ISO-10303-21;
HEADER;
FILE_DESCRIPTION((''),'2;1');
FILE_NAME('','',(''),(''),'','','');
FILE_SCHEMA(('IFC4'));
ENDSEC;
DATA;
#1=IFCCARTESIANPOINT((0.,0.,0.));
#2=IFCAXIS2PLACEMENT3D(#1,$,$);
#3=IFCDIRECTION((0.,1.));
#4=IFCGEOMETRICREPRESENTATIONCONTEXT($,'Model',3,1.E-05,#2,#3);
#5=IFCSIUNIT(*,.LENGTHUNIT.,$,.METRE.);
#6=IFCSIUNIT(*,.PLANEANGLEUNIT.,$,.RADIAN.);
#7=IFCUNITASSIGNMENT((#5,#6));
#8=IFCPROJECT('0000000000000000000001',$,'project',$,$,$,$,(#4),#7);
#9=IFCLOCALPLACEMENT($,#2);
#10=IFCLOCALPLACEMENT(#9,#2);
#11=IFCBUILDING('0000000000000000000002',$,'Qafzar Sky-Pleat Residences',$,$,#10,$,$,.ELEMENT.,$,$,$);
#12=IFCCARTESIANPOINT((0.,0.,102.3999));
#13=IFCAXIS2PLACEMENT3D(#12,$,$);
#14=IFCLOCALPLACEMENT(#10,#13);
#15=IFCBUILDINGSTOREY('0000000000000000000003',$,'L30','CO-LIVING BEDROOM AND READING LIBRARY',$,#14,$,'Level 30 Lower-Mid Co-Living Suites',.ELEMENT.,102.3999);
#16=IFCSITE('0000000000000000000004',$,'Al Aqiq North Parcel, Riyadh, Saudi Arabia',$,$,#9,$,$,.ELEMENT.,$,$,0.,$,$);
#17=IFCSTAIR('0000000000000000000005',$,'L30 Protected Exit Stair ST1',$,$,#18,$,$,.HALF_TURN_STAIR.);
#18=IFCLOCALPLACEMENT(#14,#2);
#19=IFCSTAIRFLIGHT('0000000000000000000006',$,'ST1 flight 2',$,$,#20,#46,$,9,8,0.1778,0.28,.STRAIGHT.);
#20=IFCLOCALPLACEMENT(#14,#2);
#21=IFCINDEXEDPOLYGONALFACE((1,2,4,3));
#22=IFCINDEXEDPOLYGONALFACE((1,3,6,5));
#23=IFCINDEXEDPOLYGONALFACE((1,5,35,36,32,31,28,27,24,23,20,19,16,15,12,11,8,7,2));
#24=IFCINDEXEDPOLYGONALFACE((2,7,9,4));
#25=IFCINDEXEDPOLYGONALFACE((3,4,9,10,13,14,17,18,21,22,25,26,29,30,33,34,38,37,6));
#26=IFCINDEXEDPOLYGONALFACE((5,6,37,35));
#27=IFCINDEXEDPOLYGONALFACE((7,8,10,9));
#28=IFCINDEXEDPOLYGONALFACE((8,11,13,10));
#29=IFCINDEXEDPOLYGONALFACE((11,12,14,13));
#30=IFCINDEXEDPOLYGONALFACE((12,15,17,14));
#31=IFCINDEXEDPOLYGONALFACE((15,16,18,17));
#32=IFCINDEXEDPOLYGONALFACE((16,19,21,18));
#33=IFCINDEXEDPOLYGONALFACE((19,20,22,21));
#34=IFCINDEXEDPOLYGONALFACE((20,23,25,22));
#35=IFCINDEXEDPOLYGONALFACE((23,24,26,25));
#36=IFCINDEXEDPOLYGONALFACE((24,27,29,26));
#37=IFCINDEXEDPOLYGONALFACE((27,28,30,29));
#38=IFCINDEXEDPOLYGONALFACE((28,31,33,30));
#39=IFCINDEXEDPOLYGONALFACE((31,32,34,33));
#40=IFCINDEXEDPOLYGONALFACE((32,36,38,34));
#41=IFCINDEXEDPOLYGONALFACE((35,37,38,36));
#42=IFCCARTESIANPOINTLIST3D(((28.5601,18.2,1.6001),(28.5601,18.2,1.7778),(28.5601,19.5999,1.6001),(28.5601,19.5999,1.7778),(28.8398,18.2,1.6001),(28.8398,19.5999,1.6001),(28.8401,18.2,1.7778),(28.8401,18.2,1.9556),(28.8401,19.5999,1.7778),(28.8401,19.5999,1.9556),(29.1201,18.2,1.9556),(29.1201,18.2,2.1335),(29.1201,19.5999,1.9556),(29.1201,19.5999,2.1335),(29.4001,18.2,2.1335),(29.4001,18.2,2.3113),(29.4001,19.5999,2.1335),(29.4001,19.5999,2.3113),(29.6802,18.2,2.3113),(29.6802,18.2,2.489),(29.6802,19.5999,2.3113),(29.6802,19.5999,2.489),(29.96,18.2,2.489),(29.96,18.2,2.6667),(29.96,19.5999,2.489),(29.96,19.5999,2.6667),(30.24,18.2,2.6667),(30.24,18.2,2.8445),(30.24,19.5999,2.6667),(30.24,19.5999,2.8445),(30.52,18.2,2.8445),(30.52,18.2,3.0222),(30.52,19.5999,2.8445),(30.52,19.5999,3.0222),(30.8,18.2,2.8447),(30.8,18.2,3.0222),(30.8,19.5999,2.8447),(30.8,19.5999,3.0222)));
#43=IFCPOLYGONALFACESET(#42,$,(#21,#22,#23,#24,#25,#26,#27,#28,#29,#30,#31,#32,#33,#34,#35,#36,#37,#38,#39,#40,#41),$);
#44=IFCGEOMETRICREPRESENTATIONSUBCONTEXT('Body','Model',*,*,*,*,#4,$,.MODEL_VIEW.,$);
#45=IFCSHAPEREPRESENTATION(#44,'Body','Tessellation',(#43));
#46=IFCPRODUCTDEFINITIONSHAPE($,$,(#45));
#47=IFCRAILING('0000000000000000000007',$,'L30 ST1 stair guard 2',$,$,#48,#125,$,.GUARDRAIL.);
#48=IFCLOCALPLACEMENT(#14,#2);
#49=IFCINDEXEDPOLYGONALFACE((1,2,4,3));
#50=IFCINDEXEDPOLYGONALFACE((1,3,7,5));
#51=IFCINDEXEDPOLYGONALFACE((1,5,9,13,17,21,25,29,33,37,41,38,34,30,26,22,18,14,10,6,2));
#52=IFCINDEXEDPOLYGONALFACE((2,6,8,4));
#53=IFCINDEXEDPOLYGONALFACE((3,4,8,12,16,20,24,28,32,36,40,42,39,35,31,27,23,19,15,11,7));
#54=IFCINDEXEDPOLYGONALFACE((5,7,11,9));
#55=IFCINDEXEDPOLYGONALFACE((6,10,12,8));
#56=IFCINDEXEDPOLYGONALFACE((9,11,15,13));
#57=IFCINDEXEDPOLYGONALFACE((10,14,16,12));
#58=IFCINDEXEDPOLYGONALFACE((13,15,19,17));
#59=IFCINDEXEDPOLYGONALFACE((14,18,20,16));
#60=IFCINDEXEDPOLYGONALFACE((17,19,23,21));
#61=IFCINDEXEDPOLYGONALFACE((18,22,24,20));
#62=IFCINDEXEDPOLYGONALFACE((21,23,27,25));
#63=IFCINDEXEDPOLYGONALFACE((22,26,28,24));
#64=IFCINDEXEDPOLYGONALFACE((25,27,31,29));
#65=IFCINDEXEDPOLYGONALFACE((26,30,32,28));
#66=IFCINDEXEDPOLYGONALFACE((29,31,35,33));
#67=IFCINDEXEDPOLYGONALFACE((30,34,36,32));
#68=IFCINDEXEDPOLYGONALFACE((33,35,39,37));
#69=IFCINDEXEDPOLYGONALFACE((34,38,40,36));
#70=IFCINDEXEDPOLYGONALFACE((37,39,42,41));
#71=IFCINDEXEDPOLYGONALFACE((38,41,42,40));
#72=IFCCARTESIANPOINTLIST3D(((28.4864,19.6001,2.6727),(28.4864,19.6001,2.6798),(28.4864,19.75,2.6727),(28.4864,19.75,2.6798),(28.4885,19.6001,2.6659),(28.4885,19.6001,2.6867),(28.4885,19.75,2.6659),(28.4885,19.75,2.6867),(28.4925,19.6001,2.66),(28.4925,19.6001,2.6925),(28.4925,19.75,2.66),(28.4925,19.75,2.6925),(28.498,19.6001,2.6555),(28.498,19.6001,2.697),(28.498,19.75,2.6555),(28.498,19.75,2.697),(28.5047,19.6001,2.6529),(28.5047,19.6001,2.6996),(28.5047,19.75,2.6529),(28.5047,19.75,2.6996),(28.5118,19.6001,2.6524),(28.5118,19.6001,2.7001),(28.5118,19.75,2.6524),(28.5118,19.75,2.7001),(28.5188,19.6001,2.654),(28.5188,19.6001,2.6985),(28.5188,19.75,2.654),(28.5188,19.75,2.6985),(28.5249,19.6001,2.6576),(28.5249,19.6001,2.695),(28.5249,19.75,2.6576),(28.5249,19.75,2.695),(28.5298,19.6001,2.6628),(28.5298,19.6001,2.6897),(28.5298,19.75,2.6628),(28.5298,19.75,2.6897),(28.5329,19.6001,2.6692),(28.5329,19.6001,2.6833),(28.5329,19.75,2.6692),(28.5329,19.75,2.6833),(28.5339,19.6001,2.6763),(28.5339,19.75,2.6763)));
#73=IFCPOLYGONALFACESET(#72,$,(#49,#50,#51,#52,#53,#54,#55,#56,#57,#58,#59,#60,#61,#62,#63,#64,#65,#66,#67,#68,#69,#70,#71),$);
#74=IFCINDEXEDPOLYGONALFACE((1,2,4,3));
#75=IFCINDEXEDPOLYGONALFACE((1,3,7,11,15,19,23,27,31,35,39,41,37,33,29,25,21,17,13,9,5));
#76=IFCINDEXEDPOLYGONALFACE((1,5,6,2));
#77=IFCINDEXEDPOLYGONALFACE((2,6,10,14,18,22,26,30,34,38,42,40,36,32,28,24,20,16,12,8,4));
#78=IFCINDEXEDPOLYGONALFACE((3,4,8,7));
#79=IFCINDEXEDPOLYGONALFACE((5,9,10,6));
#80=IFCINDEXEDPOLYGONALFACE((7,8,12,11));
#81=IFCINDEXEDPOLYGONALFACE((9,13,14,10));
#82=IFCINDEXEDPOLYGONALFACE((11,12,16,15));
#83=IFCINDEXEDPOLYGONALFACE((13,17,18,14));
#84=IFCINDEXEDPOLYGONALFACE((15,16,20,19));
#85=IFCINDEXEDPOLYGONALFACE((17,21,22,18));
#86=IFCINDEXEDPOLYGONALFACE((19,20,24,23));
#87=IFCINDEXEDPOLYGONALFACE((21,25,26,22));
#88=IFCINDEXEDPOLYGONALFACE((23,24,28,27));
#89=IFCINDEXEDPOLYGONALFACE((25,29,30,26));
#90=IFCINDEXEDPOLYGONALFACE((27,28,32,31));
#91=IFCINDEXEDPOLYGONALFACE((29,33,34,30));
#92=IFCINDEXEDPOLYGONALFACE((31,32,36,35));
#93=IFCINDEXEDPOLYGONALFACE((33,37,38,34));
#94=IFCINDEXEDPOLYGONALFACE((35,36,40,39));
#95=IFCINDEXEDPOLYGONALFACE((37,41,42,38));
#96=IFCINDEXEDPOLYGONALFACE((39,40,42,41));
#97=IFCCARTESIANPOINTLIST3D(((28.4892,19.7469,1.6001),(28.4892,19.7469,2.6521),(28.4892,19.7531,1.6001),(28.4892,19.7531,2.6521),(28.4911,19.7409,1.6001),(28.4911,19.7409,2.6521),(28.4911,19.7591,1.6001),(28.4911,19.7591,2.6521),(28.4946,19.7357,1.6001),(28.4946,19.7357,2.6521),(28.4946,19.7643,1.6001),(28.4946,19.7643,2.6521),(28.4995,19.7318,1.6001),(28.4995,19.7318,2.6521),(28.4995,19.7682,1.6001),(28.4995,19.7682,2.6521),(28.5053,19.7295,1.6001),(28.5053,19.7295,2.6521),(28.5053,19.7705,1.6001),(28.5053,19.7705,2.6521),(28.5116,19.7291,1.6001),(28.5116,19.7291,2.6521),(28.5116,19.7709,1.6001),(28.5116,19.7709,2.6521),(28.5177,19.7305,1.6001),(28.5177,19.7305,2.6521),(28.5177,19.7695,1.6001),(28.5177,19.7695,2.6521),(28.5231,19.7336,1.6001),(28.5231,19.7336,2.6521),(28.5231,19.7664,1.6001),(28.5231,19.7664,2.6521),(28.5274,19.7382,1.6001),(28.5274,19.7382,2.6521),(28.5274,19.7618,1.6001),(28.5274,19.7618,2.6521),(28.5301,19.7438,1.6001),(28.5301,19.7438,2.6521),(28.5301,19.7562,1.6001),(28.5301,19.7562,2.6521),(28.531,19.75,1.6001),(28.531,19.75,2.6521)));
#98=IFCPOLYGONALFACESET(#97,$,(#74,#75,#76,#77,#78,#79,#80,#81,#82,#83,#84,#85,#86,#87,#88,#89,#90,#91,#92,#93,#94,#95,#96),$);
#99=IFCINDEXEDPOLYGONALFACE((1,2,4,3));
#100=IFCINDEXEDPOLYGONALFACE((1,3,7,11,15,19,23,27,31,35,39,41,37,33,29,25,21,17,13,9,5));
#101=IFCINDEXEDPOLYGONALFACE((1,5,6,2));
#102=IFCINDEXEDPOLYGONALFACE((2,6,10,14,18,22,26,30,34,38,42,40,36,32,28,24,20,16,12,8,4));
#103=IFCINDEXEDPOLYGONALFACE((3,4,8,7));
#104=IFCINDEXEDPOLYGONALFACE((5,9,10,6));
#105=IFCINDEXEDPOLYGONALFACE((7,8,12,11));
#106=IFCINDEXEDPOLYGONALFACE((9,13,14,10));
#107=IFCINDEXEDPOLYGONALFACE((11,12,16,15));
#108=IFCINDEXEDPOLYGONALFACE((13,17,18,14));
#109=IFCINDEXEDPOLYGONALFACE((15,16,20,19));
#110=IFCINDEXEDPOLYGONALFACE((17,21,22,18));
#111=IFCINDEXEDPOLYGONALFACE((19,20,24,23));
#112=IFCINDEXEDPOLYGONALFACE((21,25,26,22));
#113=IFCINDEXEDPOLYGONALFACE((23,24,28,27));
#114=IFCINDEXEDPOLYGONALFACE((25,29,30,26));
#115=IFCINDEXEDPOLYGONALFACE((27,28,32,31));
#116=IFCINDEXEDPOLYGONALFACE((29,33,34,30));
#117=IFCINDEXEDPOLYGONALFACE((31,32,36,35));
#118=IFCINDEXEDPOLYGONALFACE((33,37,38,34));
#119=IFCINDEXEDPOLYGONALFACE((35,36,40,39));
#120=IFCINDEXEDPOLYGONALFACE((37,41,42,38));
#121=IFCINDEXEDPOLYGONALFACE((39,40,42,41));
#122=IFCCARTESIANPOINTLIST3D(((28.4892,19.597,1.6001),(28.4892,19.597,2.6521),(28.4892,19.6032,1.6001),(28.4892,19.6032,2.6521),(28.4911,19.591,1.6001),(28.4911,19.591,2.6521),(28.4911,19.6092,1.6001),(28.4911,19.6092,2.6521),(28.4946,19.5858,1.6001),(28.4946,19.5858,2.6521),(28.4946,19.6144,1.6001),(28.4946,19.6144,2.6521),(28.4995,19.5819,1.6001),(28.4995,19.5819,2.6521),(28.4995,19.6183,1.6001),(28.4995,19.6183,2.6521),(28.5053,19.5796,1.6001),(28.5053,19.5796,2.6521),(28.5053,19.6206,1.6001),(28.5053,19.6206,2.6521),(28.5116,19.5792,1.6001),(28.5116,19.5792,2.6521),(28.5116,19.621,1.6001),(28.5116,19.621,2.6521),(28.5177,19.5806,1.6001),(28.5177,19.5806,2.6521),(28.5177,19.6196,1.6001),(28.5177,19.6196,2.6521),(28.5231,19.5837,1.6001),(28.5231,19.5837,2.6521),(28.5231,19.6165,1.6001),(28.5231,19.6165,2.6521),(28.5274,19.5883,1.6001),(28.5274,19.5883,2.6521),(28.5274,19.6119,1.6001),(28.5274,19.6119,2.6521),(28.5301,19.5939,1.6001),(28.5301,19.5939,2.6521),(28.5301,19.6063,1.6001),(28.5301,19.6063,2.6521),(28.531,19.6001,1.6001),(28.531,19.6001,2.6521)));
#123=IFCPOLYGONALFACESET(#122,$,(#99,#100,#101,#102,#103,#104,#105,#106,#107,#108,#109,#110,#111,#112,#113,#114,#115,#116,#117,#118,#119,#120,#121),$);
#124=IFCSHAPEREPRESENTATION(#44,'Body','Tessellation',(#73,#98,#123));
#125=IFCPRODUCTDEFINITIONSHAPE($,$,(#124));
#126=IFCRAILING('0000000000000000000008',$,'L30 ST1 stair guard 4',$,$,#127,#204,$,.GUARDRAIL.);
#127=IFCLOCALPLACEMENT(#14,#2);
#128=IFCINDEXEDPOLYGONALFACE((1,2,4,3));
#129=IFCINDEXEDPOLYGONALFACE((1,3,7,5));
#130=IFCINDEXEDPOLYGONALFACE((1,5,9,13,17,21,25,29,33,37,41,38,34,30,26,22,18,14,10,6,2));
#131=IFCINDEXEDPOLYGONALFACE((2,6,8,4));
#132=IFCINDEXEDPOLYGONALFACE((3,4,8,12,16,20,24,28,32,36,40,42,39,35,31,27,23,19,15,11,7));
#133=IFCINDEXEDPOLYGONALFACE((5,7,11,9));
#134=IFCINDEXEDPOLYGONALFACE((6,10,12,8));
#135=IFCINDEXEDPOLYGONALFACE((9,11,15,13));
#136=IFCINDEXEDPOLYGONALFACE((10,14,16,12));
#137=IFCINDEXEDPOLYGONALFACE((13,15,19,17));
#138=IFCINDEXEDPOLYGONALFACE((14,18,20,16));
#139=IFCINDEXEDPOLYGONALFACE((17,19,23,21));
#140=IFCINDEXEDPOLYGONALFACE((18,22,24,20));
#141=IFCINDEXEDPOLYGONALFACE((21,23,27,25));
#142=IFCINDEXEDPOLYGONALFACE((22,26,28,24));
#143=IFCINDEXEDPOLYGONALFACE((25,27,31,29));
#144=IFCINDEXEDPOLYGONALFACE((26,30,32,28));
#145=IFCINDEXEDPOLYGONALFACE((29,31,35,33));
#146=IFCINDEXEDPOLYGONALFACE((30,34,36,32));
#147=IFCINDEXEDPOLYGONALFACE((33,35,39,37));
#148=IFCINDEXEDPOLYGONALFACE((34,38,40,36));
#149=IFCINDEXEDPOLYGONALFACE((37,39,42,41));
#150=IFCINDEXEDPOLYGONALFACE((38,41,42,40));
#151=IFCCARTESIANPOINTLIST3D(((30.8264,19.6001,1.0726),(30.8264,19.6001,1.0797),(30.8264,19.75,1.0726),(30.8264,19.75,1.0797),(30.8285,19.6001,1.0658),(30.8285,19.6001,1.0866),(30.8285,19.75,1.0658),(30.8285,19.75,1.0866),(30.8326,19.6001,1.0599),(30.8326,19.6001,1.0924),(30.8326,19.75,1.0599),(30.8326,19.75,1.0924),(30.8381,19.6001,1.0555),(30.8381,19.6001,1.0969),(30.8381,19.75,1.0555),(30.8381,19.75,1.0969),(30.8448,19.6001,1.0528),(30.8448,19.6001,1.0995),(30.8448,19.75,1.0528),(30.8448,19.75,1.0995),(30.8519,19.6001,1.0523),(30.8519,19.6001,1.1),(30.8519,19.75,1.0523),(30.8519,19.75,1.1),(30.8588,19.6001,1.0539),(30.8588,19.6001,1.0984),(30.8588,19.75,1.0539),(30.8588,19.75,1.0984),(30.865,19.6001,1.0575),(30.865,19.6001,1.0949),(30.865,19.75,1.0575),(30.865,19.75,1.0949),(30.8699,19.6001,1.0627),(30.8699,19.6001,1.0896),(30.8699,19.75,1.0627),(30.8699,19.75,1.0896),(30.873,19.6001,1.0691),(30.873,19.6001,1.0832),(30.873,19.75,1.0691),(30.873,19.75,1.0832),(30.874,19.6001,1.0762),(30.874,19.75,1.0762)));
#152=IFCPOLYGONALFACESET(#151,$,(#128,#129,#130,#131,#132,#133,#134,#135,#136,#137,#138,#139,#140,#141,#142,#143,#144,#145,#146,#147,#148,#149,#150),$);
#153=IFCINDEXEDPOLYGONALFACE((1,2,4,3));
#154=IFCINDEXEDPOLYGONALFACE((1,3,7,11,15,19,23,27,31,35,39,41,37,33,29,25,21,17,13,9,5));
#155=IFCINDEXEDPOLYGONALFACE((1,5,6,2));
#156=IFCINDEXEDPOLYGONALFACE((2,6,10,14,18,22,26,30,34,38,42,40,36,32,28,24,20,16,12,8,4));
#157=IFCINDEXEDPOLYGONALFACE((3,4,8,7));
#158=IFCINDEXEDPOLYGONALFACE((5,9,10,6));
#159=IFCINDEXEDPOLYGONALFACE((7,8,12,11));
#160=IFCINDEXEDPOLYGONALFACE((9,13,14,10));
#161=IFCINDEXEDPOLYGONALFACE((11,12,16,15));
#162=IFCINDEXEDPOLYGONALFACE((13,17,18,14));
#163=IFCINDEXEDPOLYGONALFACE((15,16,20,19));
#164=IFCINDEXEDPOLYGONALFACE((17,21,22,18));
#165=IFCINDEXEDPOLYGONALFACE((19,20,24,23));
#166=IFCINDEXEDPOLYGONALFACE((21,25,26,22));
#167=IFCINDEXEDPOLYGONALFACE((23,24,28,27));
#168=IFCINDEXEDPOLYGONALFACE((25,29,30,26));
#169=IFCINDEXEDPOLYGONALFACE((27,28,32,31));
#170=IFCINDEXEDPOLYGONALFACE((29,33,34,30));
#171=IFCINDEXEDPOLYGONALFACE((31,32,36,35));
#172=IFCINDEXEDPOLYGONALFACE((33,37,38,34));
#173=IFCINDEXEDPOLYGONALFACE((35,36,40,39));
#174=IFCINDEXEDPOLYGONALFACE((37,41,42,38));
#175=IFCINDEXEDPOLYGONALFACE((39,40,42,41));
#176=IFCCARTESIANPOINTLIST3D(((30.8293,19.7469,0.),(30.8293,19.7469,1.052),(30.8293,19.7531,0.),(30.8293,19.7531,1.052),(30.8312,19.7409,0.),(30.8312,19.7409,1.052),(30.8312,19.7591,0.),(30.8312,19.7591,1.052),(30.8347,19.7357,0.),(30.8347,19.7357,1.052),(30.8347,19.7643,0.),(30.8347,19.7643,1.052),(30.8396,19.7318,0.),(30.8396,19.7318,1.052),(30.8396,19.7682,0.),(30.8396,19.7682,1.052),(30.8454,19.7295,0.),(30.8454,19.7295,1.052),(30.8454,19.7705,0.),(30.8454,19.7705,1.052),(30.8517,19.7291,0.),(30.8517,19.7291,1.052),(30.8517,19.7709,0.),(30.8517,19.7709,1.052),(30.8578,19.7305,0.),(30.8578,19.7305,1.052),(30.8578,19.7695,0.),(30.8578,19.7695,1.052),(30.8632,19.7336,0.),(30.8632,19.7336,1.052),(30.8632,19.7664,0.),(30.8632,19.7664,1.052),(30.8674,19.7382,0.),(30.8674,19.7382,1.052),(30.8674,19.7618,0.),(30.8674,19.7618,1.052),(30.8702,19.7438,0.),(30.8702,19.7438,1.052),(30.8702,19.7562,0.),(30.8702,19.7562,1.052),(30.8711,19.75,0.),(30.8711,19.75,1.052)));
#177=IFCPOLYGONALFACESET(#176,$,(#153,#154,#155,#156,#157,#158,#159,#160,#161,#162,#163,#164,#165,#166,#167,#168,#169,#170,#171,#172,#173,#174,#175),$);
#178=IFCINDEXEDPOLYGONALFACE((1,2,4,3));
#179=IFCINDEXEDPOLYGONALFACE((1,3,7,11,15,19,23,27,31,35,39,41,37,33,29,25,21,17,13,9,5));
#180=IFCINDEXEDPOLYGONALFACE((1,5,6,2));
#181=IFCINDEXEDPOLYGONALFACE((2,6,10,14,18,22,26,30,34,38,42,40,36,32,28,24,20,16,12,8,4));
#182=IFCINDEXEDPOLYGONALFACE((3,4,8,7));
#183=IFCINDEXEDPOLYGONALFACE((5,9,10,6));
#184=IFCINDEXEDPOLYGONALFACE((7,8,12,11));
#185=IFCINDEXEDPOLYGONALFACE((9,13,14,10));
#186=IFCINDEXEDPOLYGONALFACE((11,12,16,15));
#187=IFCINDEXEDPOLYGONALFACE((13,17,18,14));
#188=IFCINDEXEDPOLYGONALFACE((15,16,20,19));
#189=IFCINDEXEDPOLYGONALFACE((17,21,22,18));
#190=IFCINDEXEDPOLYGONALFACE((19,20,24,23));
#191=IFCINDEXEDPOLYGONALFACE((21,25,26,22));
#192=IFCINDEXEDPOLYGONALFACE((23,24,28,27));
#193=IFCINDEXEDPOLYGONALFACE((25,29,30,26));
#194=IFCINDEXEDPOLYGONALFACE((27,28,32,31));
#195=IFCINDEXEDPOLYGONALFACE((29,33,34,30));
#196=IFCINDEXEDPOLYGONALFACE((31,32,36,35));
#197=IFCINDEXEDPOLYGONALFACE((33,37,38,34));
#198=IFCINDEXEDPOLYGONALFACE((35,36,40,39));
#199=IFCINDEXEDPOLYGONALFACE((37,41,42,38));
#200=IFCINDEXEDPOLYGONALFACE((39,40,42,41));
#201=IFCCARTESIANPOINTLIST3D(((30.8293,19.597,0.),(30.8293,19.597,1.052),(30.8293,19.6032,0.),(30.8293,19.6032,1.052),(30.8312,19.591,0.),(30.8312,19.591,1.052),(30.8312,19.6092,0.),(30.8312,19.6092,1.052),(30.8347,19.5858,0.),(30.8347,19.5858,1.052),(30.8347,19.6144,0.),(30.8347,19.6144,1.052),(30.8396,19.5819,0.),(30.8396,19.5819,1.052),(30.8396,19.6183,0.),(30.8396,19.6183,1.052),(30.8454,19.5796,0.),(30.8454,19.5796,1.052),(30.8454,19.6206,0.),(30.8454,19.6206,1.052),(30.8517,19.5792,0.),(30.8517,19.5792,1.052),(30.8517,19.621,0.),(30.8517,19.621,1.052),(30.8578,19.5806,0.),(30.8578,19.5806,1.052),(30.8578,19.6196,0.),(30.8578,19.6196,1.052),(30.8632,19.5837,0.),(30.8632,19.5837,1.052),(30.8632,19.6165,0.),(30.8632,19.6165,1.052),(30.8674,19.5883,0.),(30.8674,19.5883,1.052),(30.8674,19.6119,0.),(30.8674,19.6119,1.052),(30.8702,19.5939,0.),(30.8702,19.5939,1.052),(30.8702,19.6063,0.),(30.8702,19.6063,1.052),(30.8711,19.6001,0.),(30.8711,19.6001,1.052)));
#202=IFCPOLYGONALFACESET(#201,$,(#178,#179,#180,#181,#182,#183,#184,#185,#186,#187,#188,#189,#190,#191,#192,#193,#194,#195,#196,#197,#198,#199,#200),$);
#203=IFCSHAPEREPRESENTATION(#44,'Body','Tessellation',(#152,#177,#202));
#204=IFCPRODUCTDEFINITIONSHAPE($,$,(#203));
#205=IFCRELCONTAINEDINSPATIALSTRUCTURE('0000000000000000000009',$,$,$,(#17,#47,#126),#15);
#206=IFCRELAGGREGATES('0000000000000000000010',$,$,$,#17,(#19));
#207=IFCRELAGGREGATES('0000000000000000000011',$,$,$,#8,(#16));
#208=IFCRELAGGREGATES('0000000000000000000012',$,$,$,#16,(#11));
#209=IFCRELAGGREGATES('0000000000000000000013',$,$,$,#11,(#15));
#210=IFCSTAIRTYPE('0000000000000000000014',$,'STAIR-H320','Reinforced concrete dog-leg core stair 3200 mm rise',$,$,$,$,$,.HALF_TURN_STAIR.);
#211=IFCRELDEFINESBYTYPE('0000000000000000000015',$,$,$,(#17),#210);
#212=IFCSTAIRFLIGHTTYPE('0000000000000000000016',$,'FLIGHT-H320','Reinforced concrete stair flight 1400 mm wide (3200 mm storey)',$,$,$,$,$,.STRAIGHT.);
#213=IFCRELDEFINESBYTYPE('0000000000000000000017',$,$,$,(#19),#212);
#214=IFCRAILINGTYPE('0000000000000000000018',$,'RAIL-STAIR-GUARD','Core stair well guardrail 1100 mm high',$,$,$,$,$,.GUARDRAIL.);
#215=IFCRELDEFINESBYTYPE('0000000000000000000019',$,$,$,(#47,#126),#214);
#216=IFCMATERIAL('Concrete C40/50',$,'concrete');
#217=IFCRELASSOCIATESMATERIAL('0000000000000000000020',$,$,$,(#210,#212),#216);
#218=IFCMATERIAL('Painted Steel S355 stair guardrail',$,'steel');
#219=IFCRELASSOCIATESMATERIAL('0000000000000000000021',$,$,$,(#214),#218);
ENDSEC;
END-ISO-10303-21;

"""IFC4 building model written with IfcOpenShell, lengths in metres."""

from ifc_helpers import new_model, si_unit, direction, frame, origin, origin_2d, place, context, subcontext, project, spatial, polyline, circle, outline, extrude, source, transform, mapped, material, type_object, element, aggregate, save


model = new_model("IFC4")

# Units and contexts
model_context = context("Model", 3, precision=1e-05, world=origin(), true_north=direction((0.0, 1.0)))
body_context = subcontext(model_context, "Body", "Model", "MODEL_VIEW")
ifc_project = project(units=[si_unit("LENGTHUNIT", "METRE"), si_unit("PLANEANGLEUNIT", "RADIAN")], contexts=[model_context])

# Site, building, storey
site_placement = place(None, origin())
site = spatial("IfcSite", under=ifc_project, at=site_placement, Name="Al Aqiq North Parcel, Riyadh, Saudi Arabia", CompositionType="ELEMENT", RefElevation=0.0)
building_placement = place(site_placement, origin())
building = spatial("IfcBuilding", under=site, at=building_placement, Name="Qafzar Sky-Pleat Residences", CompositionType="ELEMENT")
storey_placement = place(building_placement, frame((0.0, 0.0, 102.3999)))
storey = spatial("IfcBuildingStorey", under=building, at=storey_placement, Name="L30", Description="CO-LIVING BEDROOM AND READING LIBRARY", LongName="Level 30 Lower-Mid Co-Living Suites", CompositionType="ELEMENT", Elevation=102.3999)

# Stair, stair flight
ifc_material_1 = material(Name="Concrete C40/50", Category="concrete")
stair_type = type_object("IfcStairType", Name="STAIR-H320", Description="Reinforced concrete dog-leg core stair 3200 mm rise", PredefinedType="HALF_TURN_STAIR", material=ifc_material_1)
stair_placement = place(storey_placement, origin())
stair = element("IfcStair", 1, at=stair_placement, inside=storey, type_object=stair_type, Name="L30 Protected Exit Stair ST1", PredefinedType="HALF_TURN_STAIR")
stair_flight_type = type_object("IfcStairFlightType", Name="FLIGHT-H320", Description="Reinforced concrete stair flight 1400 mm wide (3200 mm storey)", PredefinedType="STRAIGHT", material=ifc_material_1)
shared_shape_1 = source(origin(), body_context, "Body", "SweptSolid", [
    extrude(outline(polyline([(0.0, 0.0), (0.0, 0.1777), (0.28, 0.1777), (0.28, 0.3555), (0.5601, 0.3555), (0.5601, 0.5334), (0.8401, 0.5334), (0.8401, 0.7112), (1.1201, 0.7112), (1.1201, 0.8889), (1.3999, 0.8889), (1.3999, 1.0667), (1.6799, 1.0667), (1.6799, 1.2444), (1.96, 1.2444), (1.96, 1.4221), (2.24, 1.4221), (2.24, 1.6001), (2.24, 1.2446), (0.2798, 0.0), (0.0, 0.0)])), frame((0.0, 0.7, 0.0), z_axis=(0.0, -1.0, 0.0), x_axis=(1.0, 0.0, 0.0)), (0.0, 0.0, 1.0), 1.3999),
])
stair_flight_1_placement = place(storey_placement, frame((28.5601, 18.8999, 1.6001), z_axis=(0.0, 0.0, 1.0), x_axis=(1.0, 0.0, 0.0)))
stair_flight_1 = element("IfcStairFlight", 2, at=stair_flight_1_placement, type_object=stair_flight_type, Name="ST1 flight 2", NumberOfRisers=9, NumberOfTreads=8, PredefinedType="STRAIGHT", RiserHeight=0.1778, TreadLength=0.28, context=body_context, shape_type="MappedRepresentation", body=[
    mapped(shared_shape_1, transform((0.0, 0.0, 0.0), x_axis=(1.0, 0.0, 0.0), y_axis=(0.0, 1.0, 0.0), z_axis=(0.0, 0.0, 1.0), scale=1.0)),
])
aggregate(stair, [stair_flight_1])

# Railings
ifc_material_2 = material(Name="Painted Steel S355 stair guardrail", Category="steel")
railing_type_1 = type_object("IfcRailingType", Name="RAIL-STAIR-GUARD", Description="Core stair well guardrail 1100 mm high", PredefinedType="GUARDRAIL", material=ifc_material_2)
shared_shape_2 = source(origin(), body_context, "Body", "SweptSolid", [
    extrude(circle(Radius=0.0239, at=origin_2d()), frame((0.0, 0.0, 1.0762), z_axis=(0.0, -1.0, 0.0), x_axis=(1.0, 0.0, 0.0)), (0.0, 0.0, 1.0), 0.1499),
    extrude(circle(Radius=0.021, at=origin_2d()), origin(), (0.0, 0.0, 1.0), 1.052),
    extrude(circle(Radius=0.021, at=origin_2d()), frame((0.0, -0.1499, 0.0)), (0.0, 0.0, 1.0), 1.052),
])
for number, where, name in (
    (3, (28.51, 19.75, 1.6001), "L30 ST1 stair guard 2"),
    (4, (30.8501, 19.75, 0.0), "L30 ST1 stair guard 4"),
):
    element("IfcRailing", number, at=place(storey_placement, frame(where)), inside=storey, type_object=railing_type_1, Name=name, PredefinedType="GUARDRAIL", context=body_context, shape_type="MappedRepresentation", body=[
        mapped(shared_shape_2, transform((0.0, 0.0, 0.0), x_axis=(1.0, 0.0, 0.0), y_axis=(0.0, 1.0, 0.0), z_axis=(0.0, 0.0, 1.0), scale=1.0)),
    ])

save(model, "model.ifc")
